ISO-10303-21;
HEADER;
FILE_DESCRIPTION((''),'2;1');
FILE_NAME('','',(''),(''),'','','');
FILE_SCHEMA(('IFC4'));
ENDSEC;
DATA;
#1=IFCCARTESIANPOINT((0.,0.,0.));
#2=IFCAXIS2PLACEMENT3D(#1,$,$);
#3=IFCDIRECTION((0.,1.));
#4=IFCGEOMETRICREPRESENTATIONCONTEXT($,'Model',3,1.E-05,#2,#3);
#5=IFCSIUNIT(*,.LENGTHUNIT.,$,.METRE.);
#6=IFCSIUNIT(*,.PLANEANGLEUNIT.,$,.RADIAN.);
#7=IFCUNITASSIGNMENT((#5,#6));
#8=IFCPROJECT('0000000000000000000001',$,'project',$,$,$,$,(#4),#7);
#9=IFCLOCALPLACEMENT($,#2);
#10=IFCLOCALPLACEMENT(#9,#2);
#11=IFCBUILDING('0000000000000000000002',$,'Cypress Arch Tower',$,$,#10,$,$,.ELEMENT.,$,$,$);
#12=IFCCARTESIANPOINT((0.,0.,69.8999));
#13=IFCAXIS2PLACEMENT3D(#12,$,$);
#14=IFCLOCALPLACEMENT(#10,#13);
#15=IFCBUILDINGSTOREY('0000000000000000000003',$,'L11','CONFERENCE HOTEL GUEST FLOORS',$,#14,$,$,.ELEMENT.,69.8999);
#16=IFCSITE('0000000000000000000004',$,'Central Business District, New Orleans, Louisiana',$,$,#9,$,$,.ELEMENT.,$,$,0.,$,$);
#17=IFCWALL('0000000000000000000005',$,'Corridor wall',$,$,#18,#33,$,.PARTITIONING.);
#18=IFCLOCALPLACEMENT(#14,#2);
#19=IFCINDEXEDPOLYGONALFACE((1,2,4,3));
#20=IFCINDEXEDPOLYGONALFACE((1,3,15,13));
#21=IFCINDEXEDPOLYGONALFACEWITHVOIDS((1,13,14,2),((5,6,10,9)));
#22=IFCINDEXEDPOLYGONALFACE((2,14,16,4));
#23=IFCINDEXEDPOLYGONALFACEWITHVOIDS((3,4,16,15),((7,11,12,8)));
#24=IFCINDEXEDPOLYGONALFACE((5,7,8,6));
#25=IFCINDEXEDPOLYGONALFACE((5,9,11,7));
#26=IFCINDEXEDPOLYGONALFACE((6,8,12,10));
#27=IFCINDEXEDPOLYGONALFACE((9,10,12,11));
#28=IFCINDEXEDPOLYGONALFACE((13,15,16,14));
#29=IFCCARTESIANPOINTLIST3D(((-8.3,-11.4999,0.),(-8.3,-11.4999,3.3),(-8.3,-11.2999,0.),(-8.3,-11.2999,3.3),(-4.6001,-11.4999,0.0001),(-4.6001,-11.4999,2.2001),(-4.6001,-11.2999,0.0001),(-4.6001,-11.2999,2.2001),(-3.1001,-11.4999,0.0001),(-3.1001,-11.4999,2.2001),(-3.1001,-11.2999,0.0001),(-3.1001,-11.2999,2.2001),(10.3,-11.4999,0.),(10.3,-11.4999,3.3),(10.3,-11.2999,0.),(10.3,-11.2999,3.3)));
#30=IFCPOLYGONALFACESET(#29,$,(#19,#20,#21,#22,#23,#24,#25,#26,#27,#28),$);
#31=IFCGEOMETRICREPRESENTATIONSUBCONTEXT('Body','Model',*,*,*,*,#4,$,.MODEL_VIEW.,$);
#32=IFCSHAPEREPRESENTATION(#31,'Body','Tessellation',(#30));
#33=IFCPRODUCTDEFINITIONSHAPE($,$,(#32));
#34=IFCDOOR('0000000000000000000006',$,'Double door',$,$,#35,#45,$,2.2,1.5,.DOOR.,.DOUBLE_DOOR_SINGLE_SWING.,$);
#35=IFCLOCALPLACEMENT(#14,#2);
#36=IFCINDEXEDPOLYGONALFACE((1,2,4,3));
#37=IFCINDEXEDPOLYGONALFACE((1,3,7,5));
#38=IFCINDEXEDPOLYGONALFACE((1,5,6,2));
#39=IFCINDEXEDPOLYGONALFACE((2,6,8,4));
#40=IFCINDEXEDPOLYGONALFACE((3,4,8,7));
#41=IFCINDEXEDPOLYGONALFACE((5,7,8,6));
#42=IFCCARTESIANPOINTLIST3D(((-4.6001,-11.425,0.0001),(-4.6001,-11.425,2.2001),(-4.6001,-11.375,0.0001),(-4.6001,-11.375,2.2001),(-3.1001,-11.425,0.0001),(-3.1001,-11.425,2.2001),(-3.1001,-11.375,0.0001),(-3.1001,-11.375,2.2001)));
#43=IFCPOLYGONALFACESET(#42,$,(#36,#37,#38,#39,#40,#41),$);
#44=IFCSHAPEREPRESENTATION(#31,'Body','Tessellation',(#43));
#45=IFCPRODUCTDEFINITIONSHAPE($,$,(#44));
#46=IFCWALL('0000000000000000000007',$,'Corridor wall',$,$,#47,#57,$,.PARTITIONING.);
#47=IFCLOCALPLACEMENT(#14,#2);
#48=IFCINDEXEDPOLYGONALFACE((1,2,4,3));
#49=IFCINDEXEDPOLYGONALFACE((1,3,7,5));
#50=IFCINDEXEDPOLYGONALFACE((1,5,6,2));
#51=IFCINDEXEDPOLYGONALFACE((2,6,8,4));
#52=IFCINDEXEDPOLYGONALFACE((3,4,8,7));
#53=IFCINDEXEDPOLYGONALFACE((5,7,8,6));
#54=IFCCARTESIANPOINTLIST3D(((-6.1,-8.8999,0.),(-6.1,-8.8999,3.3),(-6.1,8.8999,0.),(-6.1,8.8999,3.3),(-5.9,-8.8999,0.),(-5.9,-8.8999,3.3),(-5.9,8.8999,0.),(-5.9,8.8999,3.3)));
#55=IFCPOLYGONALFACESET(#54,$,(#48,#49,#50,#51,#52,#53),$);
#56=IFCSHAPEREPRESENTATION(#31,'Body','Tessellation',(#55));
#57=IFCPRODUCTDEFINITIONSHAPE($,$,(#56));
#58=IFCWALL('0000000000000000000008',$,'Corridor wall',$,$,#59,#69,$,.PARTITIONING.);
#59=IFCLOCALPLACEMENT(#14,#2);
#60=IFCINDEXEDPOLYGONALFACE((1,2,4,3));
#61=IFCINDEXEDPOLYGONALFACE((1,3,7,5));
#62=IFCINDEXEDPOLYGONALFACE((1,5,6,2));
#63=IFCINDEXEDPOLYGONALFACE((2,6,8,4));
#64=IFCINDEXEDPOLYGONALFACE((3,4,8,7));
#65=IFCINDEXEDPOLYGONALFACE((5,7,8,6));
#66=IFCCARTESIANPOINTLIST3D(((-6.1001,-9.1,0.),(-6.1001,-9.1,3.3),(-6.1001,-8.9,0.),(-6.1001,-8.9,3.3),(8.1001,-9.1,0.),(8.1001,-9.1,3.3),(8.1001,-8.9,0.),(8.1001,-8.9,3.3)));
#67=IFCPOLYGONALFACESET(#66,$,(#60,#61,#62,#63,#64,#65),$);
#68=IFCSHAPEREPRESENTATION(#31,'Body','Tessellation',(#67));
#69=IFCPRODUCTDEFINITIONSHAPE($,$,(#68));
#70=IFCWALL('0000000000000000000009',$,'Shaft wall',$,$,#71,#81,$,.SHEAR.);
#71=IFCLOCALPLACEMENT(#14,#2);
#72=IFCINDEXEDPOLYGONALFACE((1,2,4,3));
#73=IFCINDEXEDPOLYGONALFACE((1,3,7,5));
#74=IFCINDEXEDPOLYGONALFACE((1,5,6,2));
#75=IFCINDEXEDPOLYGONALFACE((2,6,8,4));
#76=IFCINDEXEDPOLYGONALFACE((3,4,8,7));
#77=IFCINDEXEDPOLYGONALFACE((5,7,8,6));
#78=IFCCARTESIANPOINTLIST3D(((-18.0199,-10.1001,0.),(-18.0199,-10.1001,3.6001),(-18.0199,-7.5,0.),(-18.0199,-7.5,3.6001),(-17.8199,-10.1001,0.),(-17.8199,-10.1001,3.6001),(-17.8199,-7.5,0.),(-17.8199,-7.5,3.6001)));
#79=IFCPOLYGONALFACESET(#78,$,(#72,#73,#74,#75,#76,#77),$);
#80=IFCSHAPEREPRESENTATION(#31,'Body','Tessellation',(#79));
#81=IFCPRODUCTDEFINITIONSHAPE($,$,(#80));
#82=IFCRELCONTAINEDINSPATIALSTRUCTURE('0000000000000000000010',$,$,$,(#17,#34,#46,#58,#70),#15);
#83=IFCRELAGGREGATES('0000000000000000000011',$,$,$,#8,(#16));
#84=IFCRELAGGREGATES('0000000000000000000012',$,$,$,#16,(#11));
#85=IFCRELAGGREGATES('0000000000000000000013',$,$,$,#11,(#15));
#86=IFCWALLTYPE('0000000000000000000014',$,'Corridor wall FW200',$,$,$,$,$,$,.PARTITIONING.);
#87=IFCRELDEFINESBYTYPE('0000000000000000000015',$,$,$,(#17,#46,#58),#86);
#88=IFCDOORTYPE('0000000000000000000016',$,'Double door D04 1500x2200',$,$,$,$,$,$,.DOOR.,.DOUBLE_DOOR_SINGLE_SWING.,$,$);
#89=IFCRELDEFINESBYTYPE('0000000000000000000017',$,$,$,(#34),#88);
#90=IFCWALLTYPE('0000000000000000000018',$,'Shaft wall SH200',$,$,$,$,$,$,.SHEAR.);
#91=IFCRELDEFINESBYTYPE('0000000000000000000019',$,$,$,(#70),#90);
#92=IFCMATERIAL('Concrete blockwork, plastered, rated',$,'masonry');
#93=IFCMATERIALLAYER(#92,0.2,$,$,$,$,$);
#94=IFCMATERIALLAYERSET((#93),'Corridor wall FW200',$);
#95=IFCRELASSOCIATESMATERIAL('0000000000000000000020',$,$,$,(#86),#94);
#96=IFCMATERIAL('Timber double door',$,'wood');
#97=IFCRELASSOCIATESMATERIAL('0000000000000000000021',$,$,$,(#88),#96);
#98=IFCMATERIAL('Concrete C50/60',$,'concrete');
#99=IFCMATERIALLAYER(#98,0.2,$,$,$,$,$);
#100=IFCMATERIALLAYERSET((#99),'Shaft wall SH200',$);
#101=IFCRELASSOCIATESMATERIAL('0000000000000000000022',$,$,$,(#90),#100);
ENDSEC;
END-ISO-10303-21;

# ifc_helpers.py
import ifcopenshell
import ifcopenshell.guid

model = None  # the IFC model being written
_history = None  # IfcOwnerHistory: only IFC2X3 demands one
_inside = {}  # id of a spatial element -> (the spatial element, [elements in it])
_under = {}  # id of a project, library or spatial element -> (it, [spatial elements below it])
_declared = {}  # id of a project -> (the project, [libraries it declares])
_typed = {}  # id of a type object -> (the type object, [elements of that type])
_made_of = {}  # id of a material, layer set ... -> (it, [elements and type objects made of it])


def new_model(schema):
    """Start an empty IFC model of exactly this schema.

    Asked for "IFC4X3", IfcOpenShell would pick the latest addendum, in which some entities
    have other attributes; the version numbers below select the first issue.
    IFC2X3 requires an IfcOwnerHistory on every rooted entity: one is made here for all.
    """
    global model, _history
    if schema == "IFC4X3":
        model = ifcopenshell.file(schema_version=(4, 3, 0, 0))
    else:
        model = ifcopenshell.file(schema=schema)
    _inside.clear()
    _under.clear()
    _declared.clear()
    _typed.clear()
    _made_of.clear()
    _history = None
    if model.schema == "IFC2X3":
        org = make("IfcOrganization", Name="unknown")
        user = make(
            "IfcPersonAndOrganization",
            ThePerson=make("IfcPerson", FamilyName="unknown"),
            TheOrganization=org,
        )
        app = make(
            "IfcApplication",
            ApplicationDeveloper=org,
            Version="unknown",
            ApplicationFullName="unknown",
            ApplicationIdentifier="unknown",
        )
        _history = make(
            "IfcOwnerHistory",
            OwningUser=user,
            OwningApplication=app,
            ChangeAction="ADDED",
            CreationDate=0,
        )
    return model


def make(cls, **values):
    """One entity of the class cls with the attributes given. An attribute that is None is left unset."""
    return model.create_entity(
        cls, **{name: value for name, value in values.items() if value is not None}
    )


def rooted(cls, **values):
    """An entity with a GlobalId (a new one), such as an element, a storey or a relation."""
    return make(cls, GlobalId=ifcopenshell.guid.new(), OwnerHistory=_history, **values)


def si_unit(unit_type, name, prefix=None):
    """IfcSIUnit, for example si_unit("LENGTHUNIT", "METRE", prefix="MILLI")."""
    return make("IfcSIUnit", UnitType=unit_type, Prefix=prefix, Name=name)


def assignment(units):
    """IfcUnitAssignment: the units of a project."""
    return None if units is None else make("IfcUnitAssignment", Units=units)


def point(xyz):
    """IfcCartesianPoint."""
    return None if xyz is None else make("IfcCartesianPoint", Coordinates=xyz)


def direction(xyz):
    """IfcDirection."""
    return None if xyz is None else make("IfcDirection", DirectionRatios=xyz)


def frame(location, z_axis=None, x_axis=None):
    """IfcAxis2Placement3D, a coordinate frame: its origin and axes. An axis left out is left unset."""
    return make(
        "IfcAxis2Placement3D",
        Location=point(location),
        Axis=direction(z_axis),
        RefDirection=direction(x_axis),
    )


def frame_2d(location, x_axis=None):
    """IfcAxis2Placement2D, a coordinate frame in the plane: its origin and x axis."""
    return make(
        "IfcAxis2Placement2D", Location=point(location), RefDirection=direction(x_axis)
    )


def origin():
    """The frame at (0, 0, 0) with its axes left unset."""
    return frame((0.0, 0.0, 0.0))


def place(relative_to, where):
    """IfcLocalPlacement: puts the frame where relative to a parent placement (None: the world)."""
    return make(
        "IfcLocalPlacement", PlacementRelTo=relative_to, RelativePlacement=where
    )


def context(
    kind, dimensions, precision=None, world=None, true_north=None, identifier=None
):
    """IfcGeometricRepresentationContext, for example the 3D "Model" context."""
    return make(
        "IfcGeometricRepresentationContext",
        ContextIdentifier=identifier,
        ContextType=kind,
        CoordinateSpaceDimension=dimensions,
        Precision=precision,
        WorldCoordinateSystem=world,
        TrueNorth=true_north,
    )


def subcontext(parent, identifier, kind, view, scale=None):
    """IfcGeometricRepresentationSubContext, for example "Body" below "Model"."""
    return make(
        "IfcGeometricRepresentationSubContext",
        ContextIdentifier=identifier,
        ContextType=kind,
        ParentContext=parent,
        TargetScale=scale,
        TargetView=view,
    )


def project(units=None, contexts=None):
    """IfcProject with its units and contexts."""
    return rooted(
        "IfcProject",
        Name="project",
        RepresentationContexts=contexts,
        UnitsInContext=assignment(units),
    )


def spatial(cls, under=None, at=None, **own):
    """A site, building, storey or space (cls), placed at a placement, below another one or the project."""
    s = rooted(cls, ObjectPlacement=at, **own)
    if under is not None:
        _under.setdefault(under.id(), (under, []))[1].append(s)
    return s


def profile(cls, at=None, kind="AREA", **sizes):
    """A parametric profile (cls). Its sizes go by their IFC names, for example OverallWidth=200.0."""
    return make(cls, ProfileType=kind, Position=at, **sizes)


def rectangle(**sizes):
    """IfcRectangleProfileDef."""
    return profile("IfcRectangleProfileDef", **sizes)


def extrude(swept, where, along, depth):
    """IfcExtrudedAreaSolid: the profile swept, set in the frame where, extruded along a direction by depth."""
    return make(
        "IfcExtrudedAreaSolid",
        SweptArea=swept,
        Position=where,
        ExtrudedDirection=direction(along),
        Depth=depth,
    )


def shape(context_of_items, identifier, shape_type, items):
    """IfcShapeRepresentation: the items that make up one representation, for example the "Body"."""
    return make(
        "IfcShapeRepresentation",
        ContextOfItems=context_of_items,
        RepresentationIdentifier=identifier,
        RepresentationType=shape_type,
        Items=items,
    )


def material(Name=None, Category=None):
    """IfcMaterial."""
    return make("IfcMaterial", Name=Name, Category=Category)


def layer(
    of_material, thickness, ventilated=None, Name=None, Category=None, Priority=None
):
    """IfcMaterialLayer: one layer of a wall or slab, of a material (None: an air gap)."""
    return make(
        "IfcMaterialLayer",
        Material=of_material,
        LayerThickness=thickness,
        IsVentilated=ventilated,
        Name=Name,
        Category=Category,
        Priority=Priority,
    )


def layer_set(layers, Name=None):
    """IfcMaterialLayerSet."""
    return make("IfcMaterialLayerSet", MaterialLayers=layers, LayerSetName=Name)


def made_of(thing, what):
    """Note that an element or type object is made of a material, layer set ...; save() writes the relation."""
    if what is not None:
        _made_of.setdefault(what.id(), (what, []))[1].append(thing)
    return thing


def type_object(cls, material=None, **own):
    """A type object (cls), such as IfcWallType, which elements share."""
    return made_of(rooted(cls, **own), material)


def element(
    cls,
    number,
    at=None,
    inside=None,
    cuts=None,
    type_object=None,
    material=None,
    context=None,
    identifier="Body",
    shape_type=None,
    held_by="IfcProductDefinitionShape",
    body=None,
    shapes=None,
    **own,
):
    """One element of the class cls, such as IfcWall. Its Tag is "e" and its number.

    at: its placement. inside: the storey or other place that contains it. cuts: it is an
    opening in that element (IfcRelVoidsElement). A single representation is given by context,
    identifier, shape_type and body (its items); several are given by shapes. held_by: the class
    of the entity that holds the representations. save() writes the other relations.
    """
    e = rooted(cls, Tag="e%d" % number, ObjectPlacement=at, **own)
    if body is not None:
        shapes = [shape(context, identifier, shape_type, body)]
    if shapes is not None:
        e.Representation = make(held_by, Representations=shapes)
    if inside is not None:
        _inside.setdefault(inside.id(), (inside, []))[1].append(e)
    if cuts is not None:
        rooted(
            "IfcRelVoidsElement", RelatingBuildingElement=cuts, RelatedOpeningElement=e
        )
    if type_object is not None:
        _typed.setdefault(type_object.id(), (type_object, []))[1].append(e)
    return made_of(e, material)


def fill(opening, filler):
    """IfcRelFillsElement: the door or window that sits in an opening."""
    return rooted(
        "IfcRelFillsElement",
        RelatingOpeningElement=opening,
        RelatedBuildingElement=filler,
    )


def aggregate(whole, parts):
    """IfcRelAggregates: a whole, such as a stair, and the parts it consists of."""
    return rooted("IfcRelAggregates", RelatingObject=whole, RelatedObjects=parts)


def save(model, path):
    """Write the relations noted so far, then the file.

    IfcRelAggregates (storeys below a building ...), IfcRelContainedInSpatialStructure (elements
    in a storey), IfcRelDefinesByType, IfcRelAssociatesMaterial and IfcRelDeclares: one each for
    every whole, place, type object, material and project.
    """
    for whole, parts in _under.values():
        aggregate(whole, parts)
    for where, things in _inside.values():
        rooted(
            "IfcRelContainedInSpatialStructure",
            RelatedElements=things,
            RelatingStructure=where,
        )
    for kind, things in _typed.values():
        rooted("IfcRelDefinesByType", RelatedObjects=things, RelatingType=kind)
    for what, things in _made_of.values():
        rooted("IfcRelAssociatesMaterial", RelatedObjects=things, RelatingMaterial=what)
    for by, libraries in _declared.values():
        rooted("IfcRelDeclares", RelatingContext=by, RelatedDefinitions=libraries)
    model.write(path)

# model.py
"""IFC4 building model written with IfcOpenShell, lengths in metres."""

from ifc_helpers import new_model, si_unit, direction, frame, frame_2d, origin, place, context, subcontext, project, spatial, rectangle, extrude, material, layer, layer_set, type_object, element, fill, save


model = new_model("IFC4")

# Units and contexts
model_context = context("Model", 3, precision=1e-05, world=origin(), true_north=direction((0.0, 1.0)))
body_context = subcontext(model_context, "Body", "Model", "MODEL_VIEW")
ifc_project = project(units=[si_unit("LENGTHUNIT", "METRE"), si_unit("PLANEANGLEUNIT", "RADIAN")], contexts=[model_context])

# Site, building, storey
site_placement = place(None, origin())
site = spatial("IfcSite", under=ifc_project, at=site_placement, Name="Central Business District, New Orleans, Louisiana", CompositionType="ELEMENT", RefElevation=0.0)
building_placement = place(site_placement, origin())
building = spatial("IfcBuilding", under=site, at=building_placement, Name="Cypress Arch Tower", CompositionType="ELEMENT")
storey_placement = place(building_placement, frame((0.0, 0.0, 69.8999)))
storey = spatial("IfcBuildingStorey", under=building, at=storey_placement, Name="L11", Description="CONFERENCE HOTEL GUEST FLOORS", CompositionType="ELEMENT", Elevation=69.8999)

# Shared definitions
ifc_material_1 = material(Name="Concrete blockwork, plastered, rated", Category="masonry")
ifc_layer_1 = layer(ifc_material_1, 0.2)
ifc_layer_set_1 = layer_set([ifc_layer_1], Name="Corridor wall FW200")
wall_type_1 = type_object("IfcWallType", Name="Corridor wall FW200", PredefinedType="PARTITIONING", material=ifc_layer_set_1)
ifc_material_2 = material(Name="Timber double door", Category="wood")
door_type_1 = type_object("IfcDoorType", Name="Double door D04 1500x2200", OperationType="DOUBLE_DOOR_SINGLE_SWING", PredefinedType="DOOR", material=ifc_material_2)

# Wall, opening, door
wall_1_placement = place(storey_placement, frame((-8.3, -11.3999, 0.0), z_axis=(0.0, 0.0, 1.0), x_axis=(1.0, 0.0, 0.0)))
wall_1 = element("IfcWall", 1, at=wall_1_placement, inside=storey, type_object=wall_type_1, Name="Corridor wall", PredefinedType="PARTITIONING", context=body_context, shape_type="SweptSolid", body=[
    extrude(rectangle(XDim=18.6001, YDim=0.2, at=frame_2d((9.3, 0.0))), origin(), (0.0, 0.0, 1.0), 3.3),
])
opening_1_placement = place(wall_1_placement, frame((3.7, 0.0, 0.0)))
opening_1 = element("IfcOpeningElement", 2, at=opening_1_placement, cuts=wall_1, PredefinedType="OPENING", context=body_context, shape_type="SweptSolid", body=[
    extrude(rectangle(XDim=1.5, YDim=2.2, at=frame_2d((0.75, 1.1001))), frame((0.0, 0.1099, 0.0), z_axis=(0.0, -1.0, 0.0), x_axis=(1.0, 0.0, 0.0)), (0.0, 0.0, 1.0), 0.22),
])
door_1_placement = place(opening_1_placement, origin())
door_1 = element("IfcDoor", 3, at=door_1_placement, inside=storey, type_object=door_type_1, Name="Double door", OperationType="DOUBLE_DOOR_SINGLE_SWING", OverallHeight=2.2, OverallWidth=1.5, PredefinedType="DOOR", context=body_context, shape_type="SweptSolid", body=[
    extrude(rectangle(XDim=1.5, YDim=2.2, at=frame_2d((0.75, 1.1001))), frame((0.0, 0.0249, 0.0), z_axis=(0.0, -1.0, 0.0), x_axis=(1.0, 0.0, 0.0)), (0.0, 0.0, 1.0), 0.05),
])
fill(opening_1, door_1)

# Walls
wall_2_placement = place(storey_placement, frame((-6.0, -8.8999, 0.0), z_axis=(0.0, 0.0, 1.0), x_axis=(0.0, 1.0, 0.0)))
element("IfcWall", 4, at=wall_2_placement, inside=storey, type_object=wall_type_1, Name="Corridor wall", PredefinedType="PARTITIONING", context=body_context, shape_type="SweptSolid", body=[
    extrude(rectangle(XDim=17.7998, YDim=0.2, at=frame_2d((8.8999, 0.0))), origin(), (0.0, 0.0, 1.0), 3.3),
])
wall_3_placement = place(storey_placement, frame((-6.1001, -9.0, 0.0), z_axis=(0.0, 0.0, 1.0), x_axis=(1.0, 0.0, 0.0)))
element("IfcWall", 5, at=wall_3_placement, inside=storey, type_object=wall_type_1, Name="Corridor wall", PredefinedType="PARTITIONING", context=body_context, shape_type="SweptSolid", body=[
    extrude(rectangle(XDim=14.2002, YDim=0.2, at=frame_2d((7.1001, 0.0))), origin(), (0.0, 0.0, 1.0), 3.3),
])
ifc_material_3 = material(Name="Concrete C50/60", Category="concrete")
ifc_layer_2 = layer(ifc_material_3, 0.2)
ifc_layer_set_2 = layer_set([ifc_layer_2], Name="Shaft wall SH200")
wall_type_2 = type_object("IfcWallType", Name="Shaft wall SH200", PredefinedType="SHEAR", material=ifc_layer_set_2)
wall_4_placement = place(storey_placement, frame((-17.9199, -10.1001, 0.0), z_axis=(0.0, 0.0, 1.0), x_axis=(0.0, 1.0, 0.0)))
element("IfcWall", 6, at=wall_4_placement, inside=storey, type_object=wall_type_2, Name="Shaft wall", PredefinedType="SHEAR", context=body_context, shape_type="SweptSolid", body=[
    extrude(rectangle(XDim=2.6001, YDim=0.2, at=frame_2d((1.3, 0.0))), origin(), (0.0, 0.0, 1.0), 3.6001),
])

save(model, "model.ifc")
